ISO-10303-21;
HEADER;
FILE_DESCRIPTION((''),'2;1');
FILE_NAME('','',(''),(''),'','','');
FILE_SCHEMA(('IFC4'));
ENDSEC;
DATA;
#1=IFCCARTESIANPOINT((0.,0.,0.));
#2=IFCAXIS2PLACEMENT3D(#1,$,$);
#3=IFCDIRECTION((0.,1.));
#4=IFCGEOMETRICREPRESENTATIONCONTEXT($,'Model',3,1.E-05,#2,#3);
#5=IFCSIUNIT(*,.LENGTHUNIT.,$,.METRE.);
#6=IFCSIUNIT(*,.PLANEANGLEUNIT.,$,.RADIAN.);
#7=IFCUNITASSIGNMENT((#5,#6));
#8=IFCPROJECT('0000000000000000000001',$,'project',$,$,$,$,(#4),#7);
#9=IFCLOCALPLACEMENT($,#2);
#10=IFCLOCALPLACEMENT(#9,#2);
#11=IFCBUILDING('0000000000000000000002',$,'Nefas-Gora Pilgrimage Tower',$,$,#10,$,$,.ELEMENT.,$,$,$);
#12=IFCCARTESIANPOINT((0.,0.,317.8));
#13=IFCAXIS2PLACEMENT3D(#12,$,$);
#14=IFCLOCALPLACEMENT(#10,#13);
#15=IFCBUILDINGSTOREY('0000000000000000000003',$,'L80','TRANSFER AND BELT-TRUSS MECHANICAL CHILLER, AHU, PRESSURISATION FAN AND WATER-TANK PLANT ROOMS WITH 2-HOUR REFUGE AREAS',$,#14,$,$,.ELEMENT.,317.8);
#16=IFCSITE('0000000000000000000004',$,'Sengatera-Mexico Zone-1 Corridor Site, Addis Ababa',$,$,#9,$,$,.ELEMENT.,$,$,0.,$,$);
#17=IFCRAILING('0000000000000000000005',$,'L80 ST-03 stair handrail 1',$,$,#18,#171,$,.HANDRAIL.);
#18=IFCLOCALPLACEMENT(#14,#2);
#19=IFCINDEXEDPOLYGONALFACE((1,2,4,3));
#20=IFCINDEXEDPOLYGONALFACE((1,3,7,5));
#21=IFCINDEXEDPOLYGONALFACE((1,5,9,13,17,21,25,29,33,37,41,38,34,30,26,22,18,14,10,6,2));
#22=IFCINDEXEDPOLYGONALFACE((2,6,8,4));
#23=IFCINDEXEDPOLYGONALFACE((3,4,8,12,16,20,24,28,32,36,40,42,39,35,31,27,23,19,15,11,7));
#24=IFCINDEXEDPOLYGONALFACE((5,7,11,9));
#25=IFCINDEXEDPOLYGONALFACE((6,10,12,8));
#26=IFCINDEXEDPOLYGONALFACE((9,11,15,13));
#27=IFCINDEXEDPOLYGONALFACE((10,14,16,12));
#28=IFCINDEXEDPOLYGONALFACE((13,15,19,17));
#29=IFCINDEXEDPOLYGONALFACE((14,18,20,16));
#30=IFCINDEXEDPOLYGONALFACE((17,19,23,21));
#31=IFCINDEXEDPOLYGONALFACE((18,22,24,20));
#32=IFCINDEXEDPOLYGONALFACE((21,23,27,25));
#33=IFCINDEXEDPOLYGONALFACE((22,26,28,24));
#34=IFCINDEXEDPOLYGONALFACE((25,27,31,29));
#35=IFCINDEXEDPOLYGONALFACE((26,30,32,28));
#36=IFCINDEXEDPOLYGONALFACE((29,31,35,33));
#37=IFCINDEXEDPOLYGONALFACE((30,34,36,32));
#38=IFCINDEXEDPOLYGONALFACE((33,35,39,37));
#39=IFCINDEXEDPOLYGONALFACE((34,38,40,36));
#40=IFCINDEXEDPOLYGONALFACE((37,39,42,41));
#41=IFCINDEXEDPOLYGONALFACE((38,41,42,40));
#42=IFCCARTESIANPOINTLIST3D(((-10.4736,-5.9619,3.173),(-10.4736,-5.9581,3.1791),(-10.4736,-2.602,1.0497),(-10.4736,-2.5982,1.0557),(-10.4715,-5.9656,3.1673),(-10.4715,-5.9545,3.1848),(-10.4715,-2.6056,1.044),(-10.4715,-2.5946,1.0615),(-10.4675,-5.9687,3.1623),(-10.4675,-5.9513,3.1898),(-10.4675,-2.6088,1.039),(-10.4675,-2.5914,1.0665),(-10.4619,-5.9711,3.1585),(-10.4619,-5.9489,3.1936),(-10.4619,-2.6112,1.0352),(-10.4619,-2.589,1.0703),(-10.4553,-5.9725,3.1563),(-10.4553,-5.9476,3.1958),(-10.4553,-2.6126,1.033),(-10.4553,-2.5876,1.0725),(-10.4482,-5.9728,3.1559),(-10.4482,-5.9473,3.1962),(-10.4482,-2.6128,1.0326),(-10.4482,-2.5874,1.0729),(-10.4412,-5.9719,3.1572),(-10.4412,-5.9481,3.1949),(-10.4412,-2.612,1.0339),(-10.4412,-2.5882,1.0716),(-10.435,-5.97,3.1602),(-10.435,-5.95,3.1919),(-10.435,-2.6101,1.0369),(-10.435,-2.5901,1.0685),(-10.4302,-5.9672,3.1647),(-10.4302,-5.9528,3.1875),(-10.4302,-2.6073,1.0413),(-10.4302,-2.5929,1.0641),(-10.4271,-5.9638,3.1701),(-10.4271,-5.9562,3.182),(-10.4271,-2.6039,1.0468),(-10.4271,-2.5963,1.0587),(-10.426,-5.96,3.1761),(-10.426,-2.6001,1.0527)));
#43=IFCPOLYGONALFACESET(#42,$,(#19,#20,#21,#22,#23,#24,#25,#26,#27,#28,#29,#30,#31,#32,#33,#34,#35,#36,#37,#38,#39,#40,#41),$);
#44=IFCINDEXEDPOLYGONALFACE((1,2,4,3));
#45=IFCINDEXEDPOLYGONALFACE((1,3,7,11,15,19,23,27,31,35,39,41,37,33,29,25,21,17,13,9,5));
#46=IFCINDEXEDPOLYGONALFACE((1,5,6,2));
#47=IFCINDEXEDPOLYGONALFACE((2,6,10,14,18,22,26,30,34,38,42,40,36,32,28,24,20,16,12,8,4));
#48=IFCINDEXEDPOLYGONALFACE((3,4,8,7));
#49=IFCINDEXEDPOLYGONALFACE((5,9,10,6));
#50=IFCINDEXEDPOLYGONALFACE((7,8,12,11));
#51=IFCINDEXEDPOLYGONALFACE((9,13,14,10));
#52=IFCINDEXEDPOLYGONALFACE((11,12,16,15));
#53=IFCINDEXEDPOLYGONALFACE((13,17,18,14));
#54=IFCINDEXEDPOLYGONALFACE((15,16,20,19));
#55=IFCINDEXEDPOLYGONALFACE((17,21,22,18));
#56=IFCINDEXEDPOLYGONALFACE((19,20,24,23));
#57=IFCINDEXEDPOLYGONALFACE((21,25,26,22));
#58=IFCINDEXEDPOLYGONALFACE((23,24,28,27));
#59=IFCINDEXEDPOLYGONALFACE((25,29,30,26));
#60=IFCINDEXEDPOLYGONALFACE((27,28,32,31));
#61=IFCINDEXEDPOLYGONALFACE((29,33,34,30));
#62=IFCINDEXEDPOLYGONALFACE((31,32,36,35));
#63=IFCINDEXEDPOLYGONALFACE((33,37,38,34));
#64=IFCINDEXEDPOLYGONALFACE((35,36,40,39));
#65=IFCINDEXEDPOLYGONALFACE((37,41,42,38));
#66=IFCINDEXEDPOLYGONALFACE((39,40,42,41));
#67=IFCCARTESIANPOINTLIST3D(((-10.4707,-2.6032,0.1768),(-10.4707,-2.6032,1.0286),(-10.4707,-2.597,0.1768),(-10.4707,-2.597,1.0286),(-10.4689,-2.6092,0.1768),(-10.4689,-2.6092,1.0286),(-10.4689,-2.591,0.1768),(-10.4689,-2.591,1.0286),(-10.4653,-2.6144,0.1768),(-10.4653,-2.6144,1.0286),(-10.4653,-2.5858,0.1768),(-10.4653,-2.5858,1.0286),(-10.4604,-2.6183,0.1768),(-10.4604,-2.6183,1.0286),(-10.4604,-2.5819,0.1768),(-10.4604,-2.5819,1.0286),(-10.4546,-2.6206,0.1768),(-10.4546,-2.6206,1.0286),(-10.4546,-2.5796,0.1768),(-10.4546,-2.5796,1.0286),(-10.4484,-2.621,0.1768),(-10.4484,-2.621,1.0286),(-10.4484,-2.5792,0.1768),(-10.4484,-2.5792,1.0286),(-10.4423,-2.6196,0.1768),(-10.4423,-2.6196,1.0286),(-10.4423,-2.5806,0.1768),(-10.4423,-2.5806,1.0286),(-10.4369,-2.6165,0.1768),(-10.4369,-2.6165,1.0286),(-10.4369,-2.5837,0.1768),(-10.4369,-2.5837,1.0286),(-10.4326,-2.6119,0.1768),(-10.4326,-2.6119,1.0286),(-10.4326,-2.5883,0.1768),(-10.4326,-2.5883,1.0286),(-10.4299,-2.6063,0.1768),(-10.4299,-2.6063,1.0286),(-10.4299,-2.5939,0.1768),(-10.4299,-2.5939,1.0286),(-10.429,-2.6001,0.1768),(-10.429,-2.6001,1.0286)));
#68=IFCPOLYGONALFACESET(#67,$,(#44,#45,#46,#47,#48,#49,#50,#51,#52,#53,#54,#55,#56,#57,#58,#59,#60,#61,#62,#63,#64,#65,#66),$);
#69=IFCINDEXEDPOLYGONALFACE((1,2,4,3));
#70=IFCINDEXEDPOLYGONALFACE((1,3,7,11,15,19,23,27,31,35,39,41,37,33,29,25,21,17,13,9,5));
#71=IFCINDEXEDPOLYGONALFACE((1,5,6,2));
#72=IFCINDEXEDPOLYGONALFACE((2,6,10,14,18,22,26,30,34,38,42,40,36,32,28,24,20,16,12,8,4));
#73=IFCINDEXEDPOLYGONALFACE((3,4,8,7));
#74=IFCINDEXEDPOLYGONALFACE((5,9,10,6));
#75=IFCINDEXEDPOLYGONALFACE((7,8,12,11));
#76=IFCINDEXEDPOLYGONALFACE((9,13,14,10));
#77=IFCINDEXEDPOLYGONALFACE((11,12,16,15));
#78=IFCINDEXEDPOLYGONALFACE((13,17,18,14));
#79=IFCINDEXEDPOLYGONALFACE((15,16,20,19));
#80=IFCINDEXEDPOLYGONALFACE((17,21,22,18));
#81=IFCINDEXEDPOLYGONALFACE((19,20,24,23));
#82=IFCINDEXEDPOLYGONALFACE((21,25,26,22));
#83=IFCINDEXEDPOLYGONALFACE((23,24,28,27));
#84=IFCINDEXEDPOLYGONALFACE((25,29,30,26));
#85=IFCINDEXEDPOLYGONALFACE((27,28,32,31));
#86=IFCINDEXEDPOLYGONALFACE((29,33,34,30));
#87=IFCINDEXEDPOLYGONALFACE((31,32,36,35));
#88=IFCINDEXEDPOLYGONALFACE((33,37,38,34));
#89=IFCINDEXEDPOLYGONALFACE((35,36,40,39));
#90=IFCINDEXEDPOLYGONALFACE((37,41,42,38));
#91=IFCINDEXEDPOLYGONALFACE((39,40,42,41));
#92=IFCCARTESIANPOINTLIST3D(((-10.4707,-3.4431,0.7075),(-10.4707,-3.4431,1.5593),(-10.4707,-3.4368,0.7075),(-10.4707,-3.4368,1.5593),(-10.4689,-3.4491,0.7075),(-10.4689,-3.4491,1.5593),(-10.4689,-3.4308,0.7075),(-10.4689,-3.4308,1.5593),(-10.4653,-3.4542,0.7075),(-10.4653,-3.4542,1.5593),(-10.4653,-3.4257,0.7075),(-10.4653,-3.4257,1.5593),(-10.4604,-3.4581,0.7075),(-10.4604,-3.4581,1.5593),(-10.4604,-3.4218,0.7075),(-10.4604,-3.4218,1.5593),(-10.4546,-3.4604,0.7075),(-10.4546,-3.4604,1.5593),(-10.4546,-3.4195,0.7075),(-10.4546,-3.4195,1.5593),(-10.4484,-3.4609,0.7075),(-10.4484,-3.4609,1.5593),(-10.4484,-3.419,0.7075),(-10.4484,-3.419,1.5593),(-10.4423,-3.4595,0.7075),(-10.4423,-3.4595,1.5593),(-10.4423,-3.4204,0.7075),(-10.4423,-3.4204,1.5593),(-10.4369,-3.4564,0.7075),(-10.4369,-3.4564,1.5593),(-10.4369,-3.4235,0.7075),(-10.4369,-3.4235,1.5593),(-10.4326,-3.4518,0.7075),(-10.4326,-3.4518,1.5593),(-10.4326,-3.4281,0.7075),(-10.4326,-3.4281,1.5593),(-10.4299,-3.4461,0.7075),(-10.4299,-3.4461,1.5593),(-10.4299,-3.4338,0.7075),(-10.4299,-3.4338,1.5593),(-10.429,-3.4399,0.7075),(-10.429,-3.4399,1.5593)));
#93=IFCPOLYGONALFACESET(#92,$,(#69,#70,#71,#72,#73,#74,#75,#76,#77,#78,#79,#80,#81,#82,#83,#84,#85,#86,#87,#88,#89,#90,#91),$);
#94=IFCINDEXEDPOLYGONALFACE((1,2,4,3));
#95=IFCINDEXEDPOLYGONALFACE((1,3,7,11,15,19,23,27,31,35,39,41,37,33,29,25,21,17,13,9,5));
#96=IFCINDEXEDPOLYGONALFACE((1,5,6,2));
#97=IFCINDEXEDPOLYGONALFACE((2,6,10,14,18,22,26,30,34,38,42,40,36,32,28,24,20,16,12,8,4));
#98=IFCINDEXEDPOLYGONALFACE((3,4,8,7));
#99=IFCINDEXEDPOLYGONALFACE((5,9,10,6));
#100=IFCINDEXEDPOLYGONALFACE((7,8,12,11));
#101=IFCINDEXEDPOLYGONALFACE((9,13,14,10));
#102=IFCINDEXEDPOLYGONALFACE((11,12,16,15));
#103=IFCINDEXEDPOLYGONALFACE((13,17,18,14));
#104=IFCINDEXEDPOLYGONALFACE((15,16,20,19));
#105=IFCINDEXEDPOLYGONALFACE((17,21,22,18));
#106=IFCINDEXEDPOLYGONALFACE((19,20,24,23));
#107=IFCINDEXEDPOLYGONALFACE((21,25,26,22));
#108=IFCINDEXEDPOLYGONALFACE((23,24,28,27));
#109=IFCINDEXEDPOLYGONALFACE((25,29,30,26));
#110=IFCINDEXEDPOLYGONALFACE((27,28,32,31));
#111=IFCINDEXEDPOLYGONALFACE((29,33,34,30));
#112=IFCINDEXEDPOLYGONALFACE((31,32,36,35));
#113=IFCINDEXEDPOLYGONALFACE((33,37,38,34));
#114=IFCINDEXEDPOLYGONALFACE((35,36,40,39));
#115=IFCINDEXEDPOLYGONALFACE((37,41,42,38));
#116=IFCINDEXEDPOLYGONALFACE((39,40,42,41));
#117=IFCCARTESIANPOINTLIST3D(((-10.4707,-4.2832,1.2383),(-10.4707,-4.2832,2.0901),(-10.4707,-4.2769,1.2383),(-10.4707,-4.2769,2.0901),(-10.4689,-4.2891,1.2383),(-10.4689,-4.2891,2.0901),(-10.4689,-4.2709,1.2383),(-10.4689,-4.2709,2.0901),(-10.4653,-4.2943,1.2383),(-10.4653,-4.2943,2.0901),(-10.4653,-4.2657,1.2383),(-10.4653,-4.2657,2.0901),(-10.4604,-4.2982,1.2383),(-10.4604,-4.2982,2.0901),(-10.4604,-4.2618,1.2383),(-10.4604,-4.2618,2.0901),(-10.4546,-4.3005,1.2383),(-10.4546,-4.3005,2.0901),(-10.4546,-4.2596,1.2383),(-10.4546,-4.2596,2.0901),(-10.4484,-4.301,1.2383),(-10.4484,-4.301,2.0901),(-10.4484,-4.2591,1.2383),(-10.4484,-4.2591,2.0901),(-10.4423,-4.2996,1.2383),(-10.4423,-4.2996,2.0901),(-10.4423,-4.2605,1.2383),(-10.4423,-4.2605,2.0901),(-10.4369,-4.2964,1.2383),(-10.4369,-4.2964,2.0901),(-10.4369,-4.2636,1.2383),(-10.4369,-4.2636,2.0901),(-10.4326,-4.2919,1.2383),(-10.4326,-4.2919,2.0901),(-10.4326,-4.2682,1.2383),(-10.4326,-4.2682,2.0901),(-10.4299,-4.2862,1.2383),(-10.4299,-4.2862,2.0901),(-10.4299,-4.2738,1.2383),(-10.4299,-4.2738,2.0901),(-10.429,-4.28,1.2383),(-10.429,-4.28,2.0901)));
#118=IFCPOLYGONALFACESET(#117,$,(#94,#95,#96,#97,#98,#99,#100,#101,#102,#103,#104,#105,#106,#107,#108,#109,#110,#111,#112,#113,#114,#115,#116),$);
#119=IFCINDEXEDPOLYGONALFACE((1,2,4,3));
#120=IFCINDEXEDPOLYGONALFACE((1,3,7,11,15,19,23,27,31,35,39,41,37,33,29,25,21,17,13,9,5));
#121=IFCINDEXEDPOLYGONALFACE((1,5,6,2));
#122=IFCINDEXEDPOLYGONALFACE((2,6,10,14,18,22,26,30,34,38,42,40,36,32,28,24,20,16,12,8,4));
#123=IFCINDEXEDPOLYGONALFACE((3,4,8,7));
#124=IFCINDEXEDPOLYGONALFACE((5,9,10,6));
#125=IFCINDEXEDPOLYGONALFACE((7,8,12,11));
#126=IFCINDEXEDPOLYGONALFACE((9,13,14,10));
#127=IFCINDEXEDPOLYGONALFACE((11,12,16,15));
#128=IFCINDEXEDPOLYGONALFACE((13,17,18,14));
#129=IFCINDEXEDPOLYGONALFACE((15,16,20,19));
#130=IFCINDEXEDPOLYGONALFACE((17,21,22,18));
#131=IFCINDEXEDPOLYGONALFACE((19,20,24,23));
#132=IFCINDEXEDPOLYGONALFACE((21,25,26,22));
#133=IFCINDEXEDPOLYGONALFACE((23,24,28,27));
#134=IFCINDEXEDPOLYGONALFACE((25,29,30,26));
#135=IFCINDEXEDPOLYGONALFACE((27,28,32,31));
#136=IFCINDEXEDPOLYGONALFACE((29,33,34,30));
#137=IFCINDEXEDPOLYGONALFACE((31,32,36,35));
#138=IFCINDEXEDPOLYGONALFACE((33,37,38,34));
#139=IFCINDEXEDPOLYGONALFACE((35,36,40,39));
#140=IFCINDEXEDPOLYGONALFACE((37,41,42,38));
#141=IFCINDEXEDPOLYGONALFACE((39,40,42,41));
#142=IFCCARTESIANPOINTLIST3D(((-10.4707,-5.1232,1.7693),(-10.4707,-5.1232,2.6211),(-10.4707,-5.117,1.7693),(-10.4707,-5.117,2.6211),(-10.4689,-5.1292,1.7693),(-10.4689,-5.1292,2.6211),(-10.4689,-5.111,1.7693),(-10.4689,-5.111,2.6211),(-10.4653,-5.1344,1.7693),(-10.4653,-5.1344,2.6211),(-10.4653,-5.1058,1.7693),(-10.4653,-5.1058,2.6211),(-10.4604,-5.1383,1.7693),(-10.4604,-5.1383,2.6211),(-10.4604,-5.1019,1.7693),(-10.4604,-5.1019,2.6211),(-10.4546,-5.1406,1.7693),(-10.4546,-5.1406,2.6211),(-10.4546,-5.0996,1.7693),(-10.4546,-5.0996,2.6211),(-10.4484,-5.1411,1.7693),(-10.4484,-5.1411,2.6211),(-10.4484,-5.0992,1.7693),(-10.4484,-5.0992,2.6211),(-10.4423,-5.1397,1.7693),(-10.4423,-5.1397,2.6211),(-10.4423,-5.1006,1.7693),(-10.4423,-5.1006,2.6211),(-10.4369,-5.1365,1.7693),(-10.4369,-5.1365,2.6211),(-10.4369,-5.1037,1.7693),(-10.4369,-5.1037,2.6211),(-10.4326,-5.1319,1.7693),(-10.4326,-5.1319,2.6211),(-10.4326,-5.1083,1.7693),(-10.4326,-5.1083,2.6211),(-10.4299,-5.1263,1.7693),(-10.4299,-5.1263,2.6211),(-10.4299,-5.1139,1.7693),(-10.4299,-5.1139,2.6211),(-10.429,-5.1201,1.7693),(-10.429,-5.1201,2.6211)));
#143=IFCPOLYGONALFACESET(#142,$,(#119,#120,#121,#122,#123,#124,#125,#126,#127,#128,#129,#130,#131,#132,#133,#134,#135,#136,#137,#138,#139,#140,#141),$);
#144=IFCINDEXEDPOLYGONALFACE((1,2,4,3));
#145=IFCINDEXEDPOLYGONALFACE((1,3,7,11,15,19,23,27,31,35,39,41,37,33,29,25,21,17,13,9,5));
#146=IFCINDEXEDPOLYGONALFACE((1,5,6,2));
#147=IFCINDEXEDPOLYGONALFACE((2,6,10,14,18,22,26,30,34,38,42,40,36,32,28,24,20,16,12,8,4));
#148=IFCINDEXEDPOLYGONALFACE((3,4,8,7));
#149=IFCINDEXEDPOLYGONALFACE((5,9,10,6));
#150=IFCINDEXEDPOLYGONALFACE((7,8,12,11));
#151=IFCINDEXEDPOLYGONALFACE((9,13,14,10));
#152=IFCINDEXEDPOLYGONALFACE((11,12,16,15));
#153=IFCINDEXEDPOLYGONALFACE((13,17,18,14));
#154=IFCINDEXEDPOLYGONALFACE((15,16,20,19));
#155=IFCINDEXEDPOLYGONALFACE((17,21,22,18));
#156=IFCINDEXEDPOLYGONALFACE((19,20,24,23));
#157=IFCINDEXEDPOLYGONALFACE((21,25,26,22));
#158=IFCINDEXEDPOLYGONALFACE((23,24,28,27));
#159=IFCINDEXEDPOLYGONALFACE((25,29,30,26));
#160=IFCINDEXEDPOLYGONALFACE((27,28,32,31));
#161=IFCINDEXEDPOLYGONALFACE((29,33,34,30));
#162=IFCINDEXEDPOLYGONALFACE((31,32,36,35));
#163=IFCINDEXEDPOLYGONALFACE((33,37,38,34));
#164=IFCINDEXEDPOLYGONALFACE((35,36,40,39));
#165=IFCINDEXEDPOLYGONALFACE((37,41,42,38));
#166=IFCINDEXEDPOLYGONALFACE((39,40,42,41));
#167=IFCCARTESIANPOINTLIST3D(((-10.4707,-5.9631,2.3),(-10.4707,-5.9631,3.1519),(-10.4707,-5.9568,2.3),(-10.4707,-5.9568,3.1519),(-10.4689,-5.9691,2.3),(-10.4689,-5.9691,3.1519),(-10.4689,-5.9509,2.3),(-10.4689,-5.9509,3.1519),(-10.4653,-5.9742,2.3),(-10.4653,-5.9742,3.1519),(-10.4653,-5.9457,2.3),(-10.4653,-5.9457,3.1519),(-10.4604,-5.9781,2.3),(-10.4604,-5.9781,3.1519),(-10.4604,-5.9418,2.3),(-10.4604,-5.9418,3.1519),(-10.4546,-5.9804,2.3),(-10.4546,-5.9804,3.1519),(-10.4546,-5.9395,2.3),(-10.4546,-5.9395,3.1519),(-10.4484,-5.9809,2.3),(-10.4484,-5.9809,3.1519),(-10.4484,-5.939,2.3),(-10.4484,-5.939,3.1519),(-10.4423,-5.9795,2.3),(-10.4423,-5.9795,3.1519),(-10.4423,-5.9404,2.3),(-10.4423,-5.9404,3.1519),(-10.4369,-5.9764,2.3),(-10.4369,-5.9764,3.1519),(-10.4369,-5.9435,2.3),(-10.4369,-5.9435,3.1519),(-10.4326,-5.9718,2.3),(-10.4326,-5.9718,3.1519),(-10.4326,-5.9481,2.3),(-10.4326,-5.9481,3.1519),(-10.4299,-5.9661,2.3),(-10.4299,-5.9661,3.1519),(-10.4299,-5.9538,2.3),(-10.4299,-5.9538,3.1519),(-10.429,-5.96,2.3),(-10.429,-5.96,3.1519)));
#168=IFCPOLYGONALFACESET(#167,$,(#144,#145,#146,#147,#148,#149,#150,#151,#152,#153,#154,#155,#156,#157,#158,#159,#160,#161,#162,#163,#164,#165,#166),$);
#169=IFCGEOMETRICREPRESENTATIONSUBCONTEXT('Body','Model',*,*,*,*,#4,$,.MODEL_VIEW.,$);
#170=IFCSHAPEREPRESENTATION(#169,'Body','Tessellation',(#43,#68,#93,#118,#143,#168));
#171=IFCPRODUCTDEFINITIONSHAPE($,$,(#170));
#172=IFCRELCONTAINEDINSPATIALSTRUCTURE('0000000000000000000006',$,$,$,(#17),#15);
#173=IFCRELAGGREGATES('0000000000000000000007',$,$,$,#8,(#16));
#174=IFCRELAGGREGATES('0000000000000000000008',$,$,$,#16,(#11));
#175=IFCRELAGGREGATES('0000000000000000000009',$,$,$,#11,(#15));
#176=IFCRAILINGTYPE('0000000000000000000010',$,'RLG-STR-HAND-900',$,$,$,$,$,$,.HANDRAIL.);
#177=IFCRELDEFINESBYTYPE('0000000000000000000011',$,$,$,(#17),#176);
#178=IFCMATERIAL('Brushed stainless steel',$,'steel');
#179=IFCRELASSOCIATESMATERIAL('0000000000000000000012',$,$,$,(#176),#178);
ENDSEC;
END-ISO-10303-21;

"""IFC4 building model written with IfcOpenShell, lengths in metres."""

from ifc_helpers import new_model, si_unit, direction, frame, origin, origin_2d, place, context, subcontext, project, spatial, circle, extrude, material, type_object, element, save


model = new_model("IFC4")

# Units and contexts
model_context = context("Model", 3, precision=1e-05, world=origin(), true_north=direction((0.0, 1.0)))
body_context = subcontext(model_context, "Body", "Model", "MODEL_VIEW")
ifc_project = project(units=[si_unit("LENGTHUNIT", "METRE"), si_unit("PLANEANGLEUNIT", "RADIAN")], contexts=[model_context])

# Site, building, storey
site_placement = place(None, origin())
site = spatial("IfcSite", under=ifc_project, at=site_placement, Name="Sengatera-Mexico Zone-1 Corridor Site, Addis Ababa", CompositionType="ELEMENT", RefElevation=0.0)
building_placement = place(site_placement, origin())
building = spatial("IfcBuilding", under=site, at=building_placement, Name="Nefas-Gora Pilgrimage Tower", CompositionType="ELEMENT")
storey_placement = place(building_placement, frame((0.0, 0.0, 317.8)))
storey = spatial("IfcBuildingStorey", under=building, at=storey_placement, Name="L80", Description="TRANSFER AND BELT-TRUSS MECHANICAL CHILLER, AHU, PRESSURISATION FAN AND WATER-TANK PLANT ROOMS WITH 2-HOUR REFUGE AREAS", CompositionType="ELEMENT", Elevation=317.8)

# Railing
ifc_material_1 = material(Name="Brushed stainless steel", Category="steel")
railing_type_1 = type_object("IfcRailingType", Name="RLG-STR-HAND-900", PredefinedType="HANDRAIL", material=ifc_material_1)
railing_1_placement = place(storey_placement, frame((-10.45, -2.6001, 0.1768)))
element("IfcRailing", 1, at=railing_1_placement, inside=storey, type_object=railing_type_1, Name="L80 ST-03 stair handrail 1", PredefinedType="HANDRAIL", context=body_context, shape_type="SweptSolid", body=[
    extrude(circle(Radius=0.0239, at=origin_2d()), frame((0.0, 0.0, 0.876), z_axis=(0.0, -0.845344, 0.534222), x_axis=(1.0, 0.0, 0.0)), (0.0, 0.0, 1.0), 3.9746),
    extrude(circle(Radius=0.021, at=origin_2d()), origin(), (0.0, 0.0, 1.0), 0.8518),
    extrude(circle(Radius=0.021, at=origin_2d()), frame((0.0, -0.8398, 0.5308)), (0.0, 0.0, 1.0), 0.8518),
    extrude(circle(Radius=0.021, at=origin_2d()), frame((0.0, -1.6799, 1.0615)), (0.0, 0.0, 1.0), 0.8518),
    extrude(circle(Radius=0.021, at=origin_2d()), frame((0.0, -2.52, 1.5925)), (0.0, 0.0, 1.0), 0.8518),
    extrude(circle(Radius=0.021, at=origin_2d()), frame((0.0, -3.3599, 2.1233)), (0.0, 0.0, 1.0), 0.8518),
])

save(model, "model.ifc")
